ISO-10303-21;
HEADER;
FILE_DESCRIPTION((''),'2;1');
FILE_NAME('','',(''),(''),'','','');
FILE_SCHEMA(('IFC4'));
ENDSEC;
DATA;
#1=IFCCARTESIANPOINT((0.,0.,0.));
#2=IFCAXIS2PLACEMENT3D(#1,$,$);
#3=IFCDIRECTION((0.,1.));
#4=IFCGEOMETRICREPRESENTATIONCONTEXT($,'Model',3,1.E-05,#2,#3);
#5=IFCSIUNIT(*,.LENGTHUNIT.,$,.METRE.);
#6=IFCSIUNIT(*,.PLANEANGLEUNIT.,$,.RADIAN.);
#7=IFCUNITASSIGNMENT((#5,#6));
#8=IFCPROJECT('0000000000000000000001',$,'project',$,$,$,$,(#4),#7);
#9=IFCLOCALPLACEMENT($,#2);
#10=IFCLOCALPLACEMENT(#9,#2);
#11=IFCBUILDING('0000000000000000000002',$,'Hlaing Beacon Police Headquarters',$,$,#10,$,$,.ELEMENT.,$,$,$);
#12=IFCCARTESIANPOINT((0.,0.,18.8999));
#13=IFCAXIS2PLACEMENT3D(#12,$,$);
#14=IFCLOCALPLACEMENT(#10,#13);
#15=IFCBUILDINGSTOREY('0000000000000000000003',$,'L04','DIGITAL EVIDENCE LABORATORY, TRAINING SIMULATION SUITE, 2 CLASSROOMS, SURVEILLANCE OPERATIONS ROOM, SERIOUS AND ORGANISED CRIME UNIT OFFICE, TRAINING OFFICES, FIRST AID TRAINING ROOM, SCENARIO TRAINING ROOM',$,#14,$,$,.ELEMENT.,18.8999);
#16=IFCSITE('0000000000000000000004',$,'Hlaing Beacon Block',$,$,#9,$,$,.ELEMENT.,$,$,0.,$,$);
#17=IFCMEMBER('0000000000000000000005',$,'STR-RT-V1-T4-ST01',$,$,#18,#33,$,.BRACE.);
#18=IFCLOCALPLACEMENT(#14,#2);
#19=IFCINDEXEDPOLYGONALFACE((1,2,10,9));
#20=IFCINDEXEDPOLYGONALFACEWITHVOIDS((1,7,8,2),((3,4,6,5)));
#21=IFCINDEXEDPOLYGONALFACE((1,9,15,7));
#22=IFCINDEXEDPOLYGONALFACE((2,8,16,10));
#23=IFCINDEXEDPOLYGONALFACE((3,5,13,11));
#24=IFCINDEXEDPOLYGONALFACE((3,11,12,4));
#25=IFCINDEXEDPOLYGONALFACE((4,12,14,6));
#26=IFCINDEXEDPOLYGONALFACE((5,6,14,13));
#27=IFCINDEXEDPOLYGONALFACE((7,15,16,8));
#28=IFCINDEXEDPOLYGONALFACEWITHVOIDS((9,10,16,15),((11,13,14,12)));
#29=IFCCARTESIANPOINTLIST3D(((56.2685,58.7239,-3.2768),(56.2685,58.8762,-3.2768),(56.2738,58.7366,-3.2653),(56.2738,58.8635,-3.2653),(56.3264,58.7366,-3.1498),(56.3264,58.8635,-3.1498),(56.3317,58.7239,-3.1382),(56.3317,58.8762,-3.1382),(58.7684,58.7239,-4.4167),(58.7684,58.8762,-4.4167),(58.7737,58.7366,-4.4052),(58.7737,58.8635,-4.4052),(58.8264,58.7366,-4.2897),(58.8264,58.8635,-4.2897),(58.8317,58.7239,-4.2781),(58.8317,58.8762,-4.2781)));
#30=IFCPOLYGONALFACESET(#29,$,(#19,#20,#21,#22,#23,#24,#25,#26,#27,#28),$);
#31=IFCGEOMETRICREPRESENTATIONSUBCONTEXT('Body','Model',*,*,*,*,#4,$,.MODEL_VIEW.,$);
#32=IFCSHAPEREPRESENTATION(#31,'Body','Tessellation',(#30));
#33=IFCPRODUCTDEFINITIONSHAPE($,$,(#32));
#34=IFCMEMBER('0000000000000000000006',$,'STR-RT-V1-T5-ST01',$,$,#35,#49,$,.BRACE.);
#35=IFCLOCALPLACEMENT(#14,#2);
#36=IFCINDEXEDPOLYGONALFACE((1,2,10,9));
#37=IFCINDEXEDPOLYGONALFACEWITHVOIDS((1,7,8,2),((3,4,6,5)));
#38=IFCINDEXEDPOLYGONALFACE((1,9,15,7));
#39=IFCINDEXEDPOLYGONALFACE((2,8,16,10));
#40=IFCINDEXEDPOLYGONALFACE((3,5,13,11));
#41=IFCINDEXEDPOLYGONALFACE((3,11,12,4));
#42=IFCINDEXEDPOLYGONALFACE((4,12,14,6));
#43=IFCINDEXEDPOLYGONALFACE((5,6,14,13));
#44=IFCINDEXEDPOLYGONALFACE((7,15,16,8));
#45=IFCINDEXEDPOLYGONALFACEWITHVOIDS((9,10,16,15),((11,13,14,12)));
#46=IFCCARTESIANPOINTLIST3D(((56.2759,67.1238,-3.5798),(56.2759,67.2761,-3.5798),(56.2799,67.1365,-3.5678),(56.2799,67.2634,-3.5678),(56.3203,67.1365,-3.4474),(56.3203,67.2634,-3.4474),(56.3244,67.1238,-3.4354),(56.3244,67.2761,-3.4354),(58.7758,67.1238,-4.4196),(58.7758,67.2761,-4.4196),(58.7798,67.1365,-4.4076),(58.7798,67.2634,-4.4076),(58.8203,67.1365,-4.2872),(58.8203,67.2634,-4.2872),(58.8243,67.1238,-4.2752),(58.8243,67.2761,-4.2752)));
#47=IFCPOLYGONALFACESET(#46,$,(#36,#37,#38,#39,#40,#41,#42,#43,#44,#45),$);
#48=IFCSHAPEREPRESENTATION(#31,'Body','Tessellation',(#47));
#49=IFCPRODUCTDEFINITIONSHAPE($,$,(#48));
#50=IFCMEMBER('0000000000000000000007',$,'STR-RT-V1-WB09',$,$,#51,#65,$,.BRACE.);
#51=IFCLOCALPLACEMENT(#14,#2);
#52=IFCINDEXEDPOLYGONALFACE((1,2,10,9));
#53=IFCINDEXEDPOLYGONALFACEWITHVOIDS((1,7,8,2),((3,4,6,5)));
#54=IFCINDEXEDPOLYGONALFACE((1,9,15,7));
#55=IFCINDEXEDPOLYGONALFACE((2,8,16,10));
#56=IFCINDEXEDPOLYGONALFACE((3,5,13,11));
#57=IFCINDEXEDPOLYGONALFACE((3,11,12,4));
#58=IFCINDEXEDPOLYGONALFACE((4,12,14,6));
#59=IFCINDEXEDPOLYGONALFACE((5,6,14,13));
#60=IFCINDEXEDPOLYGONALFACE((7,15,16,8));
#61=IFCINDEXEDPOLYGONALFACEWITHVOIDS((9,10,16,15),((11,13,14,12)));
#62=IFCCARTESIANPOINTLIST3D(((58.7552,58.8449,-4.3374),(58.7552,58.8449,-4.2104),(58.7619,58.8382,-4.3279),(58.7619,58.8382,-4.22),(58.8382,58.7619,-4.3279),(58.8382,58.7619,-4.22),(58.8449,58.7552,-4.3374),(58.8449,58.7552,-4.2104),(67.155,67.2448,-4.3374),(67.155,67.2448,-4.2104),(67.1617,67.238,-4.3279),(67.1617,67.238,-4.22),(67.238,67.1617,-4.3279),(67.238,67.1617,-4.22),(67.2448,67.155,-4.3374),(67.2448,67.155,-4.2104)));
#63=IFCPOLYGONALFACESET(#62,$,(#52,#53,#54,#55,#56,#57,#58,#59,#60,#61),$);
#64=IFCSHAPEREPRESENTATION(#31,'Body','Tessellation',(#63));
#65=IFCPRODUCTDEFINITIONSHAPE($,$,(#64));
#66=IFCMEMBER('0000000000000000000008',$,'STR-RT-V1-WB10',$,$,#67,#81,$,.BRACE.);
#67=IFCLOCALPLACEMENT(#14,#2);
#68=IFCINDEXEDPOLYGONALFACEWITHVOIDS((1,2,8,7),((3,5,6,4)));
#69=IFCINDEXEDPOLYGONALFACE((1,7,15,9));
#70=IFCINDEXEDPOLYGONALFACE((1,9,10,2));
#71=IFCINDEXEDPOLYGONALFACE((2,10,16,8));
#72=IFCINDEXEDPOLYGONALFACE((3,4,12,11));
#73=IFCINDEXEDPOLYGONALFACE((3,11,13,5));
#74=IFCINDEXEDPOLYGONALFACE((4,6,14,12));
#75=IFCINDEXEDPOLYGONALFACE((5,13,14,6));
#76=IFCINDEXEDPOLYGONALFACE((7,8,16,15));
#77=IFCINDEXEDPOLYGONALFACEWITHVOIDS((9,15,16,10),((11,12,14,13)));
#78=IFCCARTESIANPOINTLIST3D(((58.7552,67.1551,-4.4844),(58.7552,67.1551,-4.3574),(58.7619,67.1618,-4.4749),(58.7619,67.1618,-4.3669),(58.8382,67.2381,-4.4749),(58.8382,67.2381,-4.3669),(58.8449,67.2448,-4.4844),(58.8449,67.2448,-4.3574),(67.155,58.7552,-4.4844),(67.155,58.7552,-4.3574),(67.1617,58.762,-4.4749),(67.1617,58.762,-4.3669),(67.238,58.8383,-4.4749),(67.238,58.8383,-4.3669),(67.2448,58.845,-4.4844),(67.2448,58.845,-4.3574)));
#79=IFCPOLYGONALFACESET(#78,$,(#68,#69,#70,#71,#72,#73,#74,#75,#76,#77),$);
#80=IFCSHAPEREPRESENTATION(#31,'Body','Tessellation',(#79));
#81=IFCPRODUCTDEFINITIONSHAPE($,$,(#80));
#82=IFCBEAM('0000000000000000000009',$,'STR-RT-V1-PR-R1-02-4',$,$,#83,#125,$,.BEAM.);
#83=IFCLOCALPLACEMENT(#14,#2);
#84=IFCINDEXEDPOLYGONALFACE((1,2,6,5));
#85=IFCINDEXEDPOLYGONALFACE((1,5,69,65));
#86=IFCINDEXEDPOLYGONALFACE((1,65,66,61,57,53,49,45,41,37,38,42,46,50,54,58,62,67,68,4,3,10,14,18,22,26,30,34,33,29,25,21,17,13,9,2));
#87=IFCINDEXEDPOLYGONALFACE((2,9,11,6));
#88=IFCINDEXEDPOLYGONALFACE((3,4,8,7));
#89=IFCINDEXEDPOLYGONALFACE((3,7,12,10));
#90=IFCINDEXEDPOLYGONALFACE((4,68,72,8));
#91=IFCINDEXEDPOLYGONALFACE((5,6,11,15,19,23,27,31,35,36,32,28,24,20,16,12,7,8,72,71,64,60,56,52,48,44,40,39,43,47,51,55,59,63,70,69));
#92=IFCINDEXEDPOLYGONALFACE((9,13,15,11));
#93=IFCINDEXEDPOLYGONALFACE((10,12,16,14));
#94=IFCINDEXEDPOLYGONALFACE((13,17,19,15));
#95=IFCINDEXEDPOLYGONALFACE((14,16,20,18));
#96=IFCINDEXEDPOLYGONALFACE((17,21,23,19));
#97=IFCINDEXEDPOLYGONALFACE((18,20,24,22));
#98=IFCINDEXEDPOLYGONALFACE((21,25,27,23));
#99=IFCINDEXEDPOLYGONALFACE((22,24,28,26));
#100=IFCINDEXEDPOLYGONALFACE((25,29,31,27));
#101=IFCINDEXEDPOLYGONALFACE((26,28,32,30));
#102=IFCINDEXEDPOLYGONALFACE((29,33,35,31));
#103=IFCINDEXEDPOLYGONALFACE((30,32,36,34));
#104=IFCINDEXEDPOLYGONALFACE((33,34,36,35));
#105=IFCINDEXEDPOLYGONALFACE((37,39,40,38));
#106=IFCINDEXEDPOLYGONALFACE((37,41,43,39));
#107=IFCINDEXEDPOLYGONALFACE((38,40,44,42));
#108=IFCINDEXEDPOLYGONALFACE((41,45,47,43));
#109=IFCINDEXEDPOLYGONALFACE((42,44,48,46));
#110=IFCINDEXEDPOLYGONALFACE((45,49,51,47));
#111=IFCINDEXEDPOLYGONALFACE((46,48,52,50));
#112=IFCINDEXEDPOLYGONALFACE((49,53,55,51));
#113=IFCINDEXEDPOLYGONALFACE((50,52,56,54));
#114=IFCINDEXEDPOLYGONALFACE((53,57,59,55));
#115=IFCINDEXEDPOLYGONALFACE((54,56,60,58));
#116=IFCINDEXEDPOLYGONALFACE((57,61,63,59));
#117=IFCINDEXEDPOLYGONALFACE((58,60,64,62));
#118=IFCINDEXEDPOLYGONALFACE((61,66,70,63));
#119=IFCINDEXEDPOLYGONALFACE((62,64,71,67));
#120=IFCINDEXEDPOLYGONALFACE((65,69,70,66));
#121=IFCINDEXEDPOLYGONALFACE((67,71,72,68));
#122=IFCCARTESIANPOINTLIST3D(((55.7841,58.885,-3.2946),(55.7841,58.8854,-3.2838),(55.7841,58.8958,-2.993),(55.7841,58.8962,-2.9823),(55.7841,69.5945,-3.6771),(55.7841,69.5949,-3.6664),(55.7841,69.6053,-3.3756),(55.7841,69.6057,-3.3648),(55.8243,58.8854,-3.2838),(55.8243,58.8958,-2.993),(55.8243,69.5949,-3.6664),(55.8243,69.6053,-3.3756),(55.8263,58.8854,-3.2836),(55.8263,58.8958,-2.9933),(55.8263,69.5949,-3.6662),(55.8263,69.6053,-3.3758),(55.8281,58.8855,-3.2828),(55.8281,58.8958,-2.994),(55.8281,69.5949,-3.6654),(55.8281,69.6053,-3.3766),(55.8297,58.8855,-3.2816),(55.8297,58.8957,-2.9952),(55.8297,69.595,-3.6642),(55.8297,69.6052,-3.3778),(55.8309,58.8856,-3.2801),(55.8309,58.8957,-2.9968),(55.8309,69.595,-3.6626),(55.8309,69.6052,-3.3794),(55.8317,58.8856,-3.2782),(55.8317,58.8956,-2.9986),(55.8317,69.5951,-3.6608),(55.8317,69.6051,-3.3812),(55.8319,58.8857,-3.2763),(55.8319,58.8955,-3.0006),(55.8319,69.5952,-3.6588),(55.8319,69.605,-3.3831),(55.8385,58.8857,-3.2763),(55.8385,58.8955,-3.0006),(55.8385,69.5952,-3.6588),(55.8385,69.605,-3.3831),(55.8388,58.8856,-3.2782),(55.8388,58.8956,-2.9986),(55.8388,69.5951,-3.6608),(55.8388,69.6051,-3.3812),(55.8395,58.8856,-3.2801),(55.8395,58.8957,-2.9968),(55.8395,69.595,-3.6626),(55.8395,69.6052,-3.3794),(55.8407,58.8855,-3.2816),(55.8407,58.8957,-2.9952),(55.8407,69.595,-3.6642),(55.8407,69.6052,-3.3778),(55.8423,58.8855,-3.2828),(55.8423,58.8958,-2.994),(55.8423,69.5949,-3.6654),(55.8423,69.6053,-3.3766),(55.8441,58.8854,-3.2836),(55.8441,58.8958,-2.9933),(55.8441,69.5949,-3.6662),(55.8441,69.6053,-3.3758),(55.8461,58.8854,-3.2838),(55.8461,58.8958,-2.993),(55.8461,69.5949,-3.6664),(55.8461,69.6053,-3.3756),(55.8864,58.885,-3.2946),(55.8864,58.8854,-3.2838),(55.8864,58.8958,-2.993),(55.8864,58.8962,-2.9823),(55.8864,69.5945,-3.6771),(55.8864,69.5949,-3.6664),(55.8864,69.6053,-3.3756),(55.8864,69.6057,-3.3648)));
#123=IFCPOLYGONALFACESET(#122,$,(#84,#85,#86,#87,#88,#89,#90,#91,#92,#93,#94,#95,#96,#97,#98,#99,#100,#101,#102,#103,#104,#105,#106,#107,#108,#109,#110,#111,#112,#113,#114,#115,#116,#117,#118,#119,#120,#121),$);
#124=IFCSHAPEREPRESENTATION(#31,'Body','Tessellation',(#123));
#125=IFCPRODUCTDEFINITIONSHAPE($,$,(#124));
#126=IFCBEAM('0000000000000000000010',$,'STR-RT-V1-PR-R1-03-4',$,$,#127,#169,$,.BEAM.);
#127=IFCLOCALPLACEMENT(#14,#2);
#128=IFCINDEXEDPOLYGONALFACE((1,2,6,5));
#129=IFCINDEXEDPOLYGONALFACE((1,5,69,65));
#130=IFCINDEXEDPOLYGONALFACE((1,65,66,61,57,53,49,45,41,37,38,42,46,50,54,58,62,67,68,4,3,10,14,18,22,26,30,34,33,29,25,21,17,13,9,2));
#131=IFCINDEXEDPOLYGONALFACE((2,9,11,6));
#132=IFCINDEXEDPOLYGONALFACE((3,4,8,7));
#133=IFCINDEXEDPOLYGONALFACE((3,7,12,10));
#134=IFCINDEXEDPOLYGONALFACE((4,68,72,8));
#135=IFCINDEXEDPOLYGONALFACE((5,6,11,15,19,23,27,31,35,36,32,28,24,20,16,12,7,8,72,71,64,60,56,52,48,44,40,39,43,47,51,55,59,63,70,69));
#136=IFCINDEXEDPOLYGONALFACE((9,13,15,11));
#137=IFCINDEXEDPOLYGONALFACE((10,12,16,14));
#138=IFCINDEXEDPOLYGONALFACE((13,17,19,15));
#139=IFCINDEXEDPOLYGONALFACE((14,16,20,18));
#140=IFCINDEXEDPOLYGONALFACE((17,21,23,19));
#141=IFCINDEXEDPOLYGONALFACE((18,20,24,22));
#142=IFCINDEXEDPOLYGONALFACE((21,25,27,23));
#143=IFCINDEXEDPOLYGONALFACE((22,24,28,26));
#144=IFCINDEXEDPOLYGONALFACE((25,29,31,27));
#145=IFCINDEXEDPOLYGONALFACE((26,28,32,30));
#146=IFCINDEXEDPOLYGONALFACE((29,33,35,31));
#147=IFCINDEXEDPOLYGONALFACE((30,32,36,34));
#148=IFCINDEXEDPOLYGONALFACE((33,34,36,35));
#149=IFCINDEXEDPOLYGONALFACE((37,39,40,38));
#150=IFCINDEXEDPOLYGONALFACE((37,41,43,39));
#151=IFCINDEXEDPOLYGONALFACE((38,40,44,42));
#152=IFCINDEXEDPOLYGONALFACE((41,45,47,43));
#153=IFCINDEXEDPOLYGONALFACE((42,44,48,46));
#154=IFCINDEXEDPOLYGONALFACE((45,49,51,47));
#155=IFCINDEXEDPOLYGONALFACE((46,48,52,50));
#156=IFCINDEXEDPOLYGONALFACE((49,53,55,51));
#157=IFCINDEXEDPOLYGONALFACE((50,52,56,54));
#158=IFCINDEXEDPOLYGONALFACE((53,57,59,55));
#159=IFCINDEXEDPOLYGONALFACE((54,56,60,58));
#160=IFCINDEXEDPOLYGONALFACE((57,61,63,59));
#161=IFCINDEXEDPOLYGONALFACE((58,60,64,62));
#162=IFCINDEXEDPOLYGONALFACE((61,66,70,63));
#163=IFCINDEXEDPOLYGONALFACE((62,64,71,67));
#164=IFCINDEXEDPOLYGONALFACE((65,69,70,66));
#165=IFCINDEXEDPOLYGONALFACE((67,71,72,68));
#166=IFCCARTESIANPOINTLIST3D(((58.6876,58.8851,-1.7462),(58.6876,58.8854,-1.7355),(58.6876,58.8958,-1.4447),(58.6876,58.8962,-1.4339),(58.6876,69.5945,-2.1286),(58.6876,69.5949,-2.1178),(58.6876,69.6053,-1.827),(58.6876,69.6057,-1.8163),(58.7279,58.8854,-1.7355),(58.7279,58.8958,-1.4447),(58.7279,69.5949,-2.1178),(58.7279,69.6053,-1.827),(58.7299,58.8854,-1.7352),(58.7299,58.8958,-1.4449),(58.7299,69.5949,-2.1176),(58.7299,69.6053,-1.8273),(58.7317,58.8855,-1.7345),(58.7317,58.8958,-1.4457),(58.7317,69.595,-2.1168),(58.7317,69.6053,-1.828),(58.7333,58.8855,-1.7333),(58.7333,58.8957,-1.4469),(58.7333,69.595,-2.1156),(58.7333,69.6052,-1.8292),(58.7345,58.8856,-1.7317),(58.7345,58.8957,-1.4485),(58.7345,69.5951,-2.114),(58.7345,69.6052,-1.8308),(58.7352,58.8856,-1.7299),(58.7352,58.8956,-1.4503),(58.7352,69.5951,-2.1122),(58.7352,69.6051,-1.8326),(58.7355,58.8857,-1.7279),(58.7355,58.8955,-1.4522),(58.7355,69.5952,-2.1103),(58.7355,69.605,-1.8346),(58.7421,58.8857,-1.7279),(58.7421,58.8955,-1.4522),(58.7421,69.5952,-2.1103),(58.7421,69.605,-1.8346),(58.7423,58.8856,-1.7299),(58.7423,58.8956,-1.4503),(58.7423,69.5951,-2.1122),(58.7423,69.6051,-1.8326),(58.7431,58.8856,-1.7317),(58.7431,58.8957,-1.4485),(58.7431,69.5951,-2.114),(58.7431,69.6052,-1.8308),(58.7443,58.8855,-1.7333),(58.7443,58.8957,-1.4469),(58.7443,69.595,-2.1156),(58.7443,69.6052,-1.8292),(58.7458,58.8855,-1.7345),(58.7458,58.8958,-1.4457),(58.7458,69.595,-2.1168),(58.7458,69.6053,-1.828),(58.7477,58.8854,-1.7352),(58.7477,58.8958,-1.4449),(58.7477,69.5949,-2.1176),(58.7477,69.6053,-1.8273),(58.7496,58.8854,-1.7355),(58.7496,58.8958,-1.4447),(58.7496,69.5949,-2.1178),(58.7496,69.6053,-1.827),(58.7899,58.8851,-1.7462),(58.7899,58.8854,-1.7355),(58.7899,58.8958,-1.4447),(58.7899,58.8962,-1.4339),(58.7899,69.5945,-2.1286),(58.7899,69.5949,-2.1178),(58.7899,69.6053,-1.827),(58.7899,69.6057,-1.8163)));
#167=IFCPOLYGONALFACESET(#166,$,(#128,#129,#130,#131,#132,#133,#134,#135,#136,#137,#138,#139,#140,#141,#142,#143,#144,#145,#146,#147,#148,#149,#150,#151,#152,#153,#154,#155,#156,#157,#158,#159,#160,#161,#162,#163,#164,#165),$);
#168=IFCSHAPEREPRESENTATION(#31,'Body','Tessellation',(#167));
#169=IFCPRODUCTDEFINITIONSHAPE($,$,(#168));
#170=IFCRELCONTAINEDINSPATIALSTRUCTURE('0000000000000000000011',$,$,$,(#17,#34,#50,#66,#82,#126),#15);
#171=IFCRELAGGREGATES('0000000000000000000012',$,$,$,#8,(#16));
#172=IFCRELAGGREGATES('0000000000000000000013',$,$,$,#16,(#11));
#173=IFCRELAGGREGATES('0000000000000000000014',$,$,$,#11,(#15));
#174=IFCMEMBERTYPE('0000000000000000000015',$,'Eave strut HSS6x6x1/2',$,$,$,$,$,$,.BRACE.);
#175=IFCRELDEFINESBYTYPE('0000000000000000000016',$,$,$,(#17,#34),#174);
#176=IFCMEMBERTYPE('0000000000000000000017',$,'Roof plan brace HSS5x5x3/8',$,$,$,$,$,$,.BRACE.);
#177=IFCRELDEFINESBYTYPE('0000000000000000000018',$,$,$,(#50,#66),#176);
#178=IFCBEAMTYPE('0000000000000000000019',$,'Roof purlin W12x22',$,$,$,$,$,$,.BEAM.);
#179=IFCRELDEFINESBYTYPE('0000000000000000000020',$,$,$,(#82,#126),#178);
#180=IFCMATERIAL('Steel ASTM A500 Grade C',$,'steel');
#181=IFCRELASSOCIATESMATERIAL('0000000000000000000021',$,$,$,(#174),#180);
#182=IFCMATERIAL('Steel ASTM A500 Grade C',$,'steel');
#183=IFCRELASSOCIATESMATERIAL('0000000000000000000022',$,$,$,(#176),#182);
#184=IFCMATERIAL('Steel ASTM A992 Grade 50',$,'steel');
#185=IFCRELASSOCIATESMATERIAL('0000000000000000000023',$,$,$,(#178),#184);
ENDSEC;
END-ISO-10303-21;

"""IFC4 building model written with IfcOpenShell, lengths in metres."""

from ifc_helpers import new_model, si_unit, direction, frame, origin, origin_2d, place, context, subcontext, project, spatial, hollow_rectangle, i_section, extrude, material, material_profile, profile_set, type_object, element, save


model = new_model("IFC4")

# Units and contexts
model_context = context("Model", 3, precision=1e-05, world=origin(), true_north=direction((0.0, 1.0)))
body_context = subcontext(model_context, "Body", "Model", "MODEL_VIEW")
ifc_project = project(units=[si_unit("LENGTHUNIT", "METRE"), si_unit("PLANEANGLEUNIT", "RADIAN")], contexts=[model_context])

# Site, building, storey
site_placement = place(None, origin())
site = spatial("IfcSite", under=ifc_project, at=site_placement, Name="Hlaing Beacon Block", CompositionType="ELEMENT", RefElevation=0.0)
building_placement = place(site_placement, origin())
building = spatial("IfcBuilding", under=site, at=building_placement, Name="Hlaing Beacon Police Headquarters", CompositionType="ELEMENT")
storey_placement = place(building_placement, frame((0.0, 0.0, 18.8999)))
storey = spatial("IfcBuildingStorey", under=building, at=storey_placement, Name="L04", Description="DIGITAL EVIDENCE LABORATORY, TRAINING SIMULATION SUITE, 2 CLASSROOMS, SURVEILLANCE OPERATIONS ROOM, SERIOUS AND ORGANISED CRIME UNIT OFFICE, TRAINING OFFICES, FIRST AID TRAINING ROOM, SCENARIO TRAINING ROOM", CompositionType="ELEMENT", Elevation=18.8999)

# Members
ifc_material_1 = material(Name="Steel ASTM A500 Grade C", Category="steel")
ifc_material_profile_1 = material_profile(ifc_material_1, hollow_rectangle(XDim=0.1523, YDim=0.1523, WallThickness=0.0127, at=origin_2d()), Name="HSS6x6x1/2")
ifc_profile_set_1 = profile_set([ifc_material_profile_1], Name="Steel ASTM A500 Grade C")
member_type_1 = type_object("IfcMemberType", Name="Eave strut HSS6x6x1/2", PredefinedType="BRACE", material=ifc_profile_set_1)
member_1_placement = place(storey_placement, frame((58.8, 58.8, -4.3474), z_axis=(-0.909882, 0.0, 0.414867), x_axis=(0.0, -1.0, 0.0)))
element("IfcMember", 1, at=member_1_placement, inside=storey, type_object=member_type_1, Name="STR-RT-V1-T4-ST01", PredefinedType="BRACE", context=body_context, shape_type="SweptSolid", body=[
    extrude(hollow_rectangle(XDim=0.1523, YDim=0.1523, WallThickness=0.0127, at=origin_2d()), origin(), (0.0, 0.0, 1.0), 2.7476),
])
member_2_placement = place(storey_placement, frame((58.8, 67.2, -4.3474), z_axis=(-0.94794, 0.0, 0.318449), x_axis=(0.0, -1.0, 0.0)))
element("IfcMember", 2, at=member_2_placement, inside=storey, type_object=member_type_1, Name="STR-RT-V1-T5-ST01", PredefinedType="BRACE", context=body_context, shape_type="SweptSolid", body=[
    extrude(hollow_rectangle(XDim=0.1523, YDim=0.1523, WallThickness=0.0127, at=origin_2d()), origin(), (0.0, 0.0, 1.0), 2.6372),
])
ifc_material_2 = material(Name="Steel ASTM A500 Grade C", Category="steel")
ifc_material_profile_2 = material_profile(ifc_material_2, hollow_rectangle(XDim=0.127, YDim=0.127, WallThickness=0.0095, at=origin_2d()), Name="HSS5x5x3/8")
ifc_profile_set_2 = profile_set([ifc_material_profile_2], Name="Steel ASTM A500 Grade C")
member_type_2 = type_object("IfcMemberType", Name="Roof plan brace HSS5x5x3/8", PredefinedType="BRACE", material=ifc_profile_set_2)
for number, where, z_axis, x_axis, name in (
    (3, (58.8, 58.8, -4.2739), (0.707107, 0.707107, 0.0), (-0.707107, 0.707107, 0.0), "STR-RT-V1-WB09"),
    (4, (58.8, 67.2, -4.4209), (0.707107, -0.707107, 0.0), (0.707107, 0.707107, 0.0), "STR-RT-V1-WB10"),
):
    element("IfcMember", number, at=place(storey_placement, frame(where, z_axis=z_axis, x_axis=x_axis)), inside=storey, type_object=member_type_2, Name=name, PredefinedType="BRACE", context=body_context, shape_type="SweptSolid", body=[
        extrude(hollow_rectangle(XDim=0.127, YDim=0.127, WallThickness=0.0095, at=origin_2d()), origin(), (0.0, 0.0, 1.0), 11.8792),
    ])

# Beams
ifc_material_3 = material(Name="Steel ASTM A992 Grade 50", Category="steel")
ifc_material_profile_3 = material_profile(ifc_material_3, i_section(OverallWidth=0.1023, OverallDepth=0.3125, WebThickness=0.0066, FlangeThickness=0.0107, FilletRadius=0.0076, at=origin_2d()), Name="W12x22")
ifc_profile_set_3 = profile_set([ifc_material_profile_3], Name="Steel ASTM A992 Grade 50")
beam_type_1 = type_object("IfcBeamType", Name="Roof purlin W12x22", PredefinedType="BEAM", material=ifc_profile_set_3)
for number, where, z_axis, x_axis, name in (
    (5, (55.8352, 58.8906, -3.1384), (0.0, 0.999363, -0.0357), (-1.0, 0.0, 0.0), "STR-RT-V1-PR-R1-02-4"),
    (6, (58.7388, 58.8906, -1.5901), (0.0, 0.999363, -0.035677), (-1.0, 0.0, 0.0), "STR-RT-V1-PR-R1-03-4"),
):
    element("IfcBeam", number, at=place(storey_placement, frame(where, z_axis=z_axis, x_axis=x_axis)), inside=storey, type_object=beam_type_1, Name=name, PredefinedType="BEAM", context=body_context, shape_type="SweptSolid", body=[
        extrude(i_section(OverallWidth=0.1023, OverallDepth=0.3125, WebThickness=0.0066, FlangeThickness=0.0107, FilletRadius=0.0076, at=origin_2d()), origin(), (0.0, 0.0, 1.0), 10.7163),
    ])

save(model, "model.ifc")
